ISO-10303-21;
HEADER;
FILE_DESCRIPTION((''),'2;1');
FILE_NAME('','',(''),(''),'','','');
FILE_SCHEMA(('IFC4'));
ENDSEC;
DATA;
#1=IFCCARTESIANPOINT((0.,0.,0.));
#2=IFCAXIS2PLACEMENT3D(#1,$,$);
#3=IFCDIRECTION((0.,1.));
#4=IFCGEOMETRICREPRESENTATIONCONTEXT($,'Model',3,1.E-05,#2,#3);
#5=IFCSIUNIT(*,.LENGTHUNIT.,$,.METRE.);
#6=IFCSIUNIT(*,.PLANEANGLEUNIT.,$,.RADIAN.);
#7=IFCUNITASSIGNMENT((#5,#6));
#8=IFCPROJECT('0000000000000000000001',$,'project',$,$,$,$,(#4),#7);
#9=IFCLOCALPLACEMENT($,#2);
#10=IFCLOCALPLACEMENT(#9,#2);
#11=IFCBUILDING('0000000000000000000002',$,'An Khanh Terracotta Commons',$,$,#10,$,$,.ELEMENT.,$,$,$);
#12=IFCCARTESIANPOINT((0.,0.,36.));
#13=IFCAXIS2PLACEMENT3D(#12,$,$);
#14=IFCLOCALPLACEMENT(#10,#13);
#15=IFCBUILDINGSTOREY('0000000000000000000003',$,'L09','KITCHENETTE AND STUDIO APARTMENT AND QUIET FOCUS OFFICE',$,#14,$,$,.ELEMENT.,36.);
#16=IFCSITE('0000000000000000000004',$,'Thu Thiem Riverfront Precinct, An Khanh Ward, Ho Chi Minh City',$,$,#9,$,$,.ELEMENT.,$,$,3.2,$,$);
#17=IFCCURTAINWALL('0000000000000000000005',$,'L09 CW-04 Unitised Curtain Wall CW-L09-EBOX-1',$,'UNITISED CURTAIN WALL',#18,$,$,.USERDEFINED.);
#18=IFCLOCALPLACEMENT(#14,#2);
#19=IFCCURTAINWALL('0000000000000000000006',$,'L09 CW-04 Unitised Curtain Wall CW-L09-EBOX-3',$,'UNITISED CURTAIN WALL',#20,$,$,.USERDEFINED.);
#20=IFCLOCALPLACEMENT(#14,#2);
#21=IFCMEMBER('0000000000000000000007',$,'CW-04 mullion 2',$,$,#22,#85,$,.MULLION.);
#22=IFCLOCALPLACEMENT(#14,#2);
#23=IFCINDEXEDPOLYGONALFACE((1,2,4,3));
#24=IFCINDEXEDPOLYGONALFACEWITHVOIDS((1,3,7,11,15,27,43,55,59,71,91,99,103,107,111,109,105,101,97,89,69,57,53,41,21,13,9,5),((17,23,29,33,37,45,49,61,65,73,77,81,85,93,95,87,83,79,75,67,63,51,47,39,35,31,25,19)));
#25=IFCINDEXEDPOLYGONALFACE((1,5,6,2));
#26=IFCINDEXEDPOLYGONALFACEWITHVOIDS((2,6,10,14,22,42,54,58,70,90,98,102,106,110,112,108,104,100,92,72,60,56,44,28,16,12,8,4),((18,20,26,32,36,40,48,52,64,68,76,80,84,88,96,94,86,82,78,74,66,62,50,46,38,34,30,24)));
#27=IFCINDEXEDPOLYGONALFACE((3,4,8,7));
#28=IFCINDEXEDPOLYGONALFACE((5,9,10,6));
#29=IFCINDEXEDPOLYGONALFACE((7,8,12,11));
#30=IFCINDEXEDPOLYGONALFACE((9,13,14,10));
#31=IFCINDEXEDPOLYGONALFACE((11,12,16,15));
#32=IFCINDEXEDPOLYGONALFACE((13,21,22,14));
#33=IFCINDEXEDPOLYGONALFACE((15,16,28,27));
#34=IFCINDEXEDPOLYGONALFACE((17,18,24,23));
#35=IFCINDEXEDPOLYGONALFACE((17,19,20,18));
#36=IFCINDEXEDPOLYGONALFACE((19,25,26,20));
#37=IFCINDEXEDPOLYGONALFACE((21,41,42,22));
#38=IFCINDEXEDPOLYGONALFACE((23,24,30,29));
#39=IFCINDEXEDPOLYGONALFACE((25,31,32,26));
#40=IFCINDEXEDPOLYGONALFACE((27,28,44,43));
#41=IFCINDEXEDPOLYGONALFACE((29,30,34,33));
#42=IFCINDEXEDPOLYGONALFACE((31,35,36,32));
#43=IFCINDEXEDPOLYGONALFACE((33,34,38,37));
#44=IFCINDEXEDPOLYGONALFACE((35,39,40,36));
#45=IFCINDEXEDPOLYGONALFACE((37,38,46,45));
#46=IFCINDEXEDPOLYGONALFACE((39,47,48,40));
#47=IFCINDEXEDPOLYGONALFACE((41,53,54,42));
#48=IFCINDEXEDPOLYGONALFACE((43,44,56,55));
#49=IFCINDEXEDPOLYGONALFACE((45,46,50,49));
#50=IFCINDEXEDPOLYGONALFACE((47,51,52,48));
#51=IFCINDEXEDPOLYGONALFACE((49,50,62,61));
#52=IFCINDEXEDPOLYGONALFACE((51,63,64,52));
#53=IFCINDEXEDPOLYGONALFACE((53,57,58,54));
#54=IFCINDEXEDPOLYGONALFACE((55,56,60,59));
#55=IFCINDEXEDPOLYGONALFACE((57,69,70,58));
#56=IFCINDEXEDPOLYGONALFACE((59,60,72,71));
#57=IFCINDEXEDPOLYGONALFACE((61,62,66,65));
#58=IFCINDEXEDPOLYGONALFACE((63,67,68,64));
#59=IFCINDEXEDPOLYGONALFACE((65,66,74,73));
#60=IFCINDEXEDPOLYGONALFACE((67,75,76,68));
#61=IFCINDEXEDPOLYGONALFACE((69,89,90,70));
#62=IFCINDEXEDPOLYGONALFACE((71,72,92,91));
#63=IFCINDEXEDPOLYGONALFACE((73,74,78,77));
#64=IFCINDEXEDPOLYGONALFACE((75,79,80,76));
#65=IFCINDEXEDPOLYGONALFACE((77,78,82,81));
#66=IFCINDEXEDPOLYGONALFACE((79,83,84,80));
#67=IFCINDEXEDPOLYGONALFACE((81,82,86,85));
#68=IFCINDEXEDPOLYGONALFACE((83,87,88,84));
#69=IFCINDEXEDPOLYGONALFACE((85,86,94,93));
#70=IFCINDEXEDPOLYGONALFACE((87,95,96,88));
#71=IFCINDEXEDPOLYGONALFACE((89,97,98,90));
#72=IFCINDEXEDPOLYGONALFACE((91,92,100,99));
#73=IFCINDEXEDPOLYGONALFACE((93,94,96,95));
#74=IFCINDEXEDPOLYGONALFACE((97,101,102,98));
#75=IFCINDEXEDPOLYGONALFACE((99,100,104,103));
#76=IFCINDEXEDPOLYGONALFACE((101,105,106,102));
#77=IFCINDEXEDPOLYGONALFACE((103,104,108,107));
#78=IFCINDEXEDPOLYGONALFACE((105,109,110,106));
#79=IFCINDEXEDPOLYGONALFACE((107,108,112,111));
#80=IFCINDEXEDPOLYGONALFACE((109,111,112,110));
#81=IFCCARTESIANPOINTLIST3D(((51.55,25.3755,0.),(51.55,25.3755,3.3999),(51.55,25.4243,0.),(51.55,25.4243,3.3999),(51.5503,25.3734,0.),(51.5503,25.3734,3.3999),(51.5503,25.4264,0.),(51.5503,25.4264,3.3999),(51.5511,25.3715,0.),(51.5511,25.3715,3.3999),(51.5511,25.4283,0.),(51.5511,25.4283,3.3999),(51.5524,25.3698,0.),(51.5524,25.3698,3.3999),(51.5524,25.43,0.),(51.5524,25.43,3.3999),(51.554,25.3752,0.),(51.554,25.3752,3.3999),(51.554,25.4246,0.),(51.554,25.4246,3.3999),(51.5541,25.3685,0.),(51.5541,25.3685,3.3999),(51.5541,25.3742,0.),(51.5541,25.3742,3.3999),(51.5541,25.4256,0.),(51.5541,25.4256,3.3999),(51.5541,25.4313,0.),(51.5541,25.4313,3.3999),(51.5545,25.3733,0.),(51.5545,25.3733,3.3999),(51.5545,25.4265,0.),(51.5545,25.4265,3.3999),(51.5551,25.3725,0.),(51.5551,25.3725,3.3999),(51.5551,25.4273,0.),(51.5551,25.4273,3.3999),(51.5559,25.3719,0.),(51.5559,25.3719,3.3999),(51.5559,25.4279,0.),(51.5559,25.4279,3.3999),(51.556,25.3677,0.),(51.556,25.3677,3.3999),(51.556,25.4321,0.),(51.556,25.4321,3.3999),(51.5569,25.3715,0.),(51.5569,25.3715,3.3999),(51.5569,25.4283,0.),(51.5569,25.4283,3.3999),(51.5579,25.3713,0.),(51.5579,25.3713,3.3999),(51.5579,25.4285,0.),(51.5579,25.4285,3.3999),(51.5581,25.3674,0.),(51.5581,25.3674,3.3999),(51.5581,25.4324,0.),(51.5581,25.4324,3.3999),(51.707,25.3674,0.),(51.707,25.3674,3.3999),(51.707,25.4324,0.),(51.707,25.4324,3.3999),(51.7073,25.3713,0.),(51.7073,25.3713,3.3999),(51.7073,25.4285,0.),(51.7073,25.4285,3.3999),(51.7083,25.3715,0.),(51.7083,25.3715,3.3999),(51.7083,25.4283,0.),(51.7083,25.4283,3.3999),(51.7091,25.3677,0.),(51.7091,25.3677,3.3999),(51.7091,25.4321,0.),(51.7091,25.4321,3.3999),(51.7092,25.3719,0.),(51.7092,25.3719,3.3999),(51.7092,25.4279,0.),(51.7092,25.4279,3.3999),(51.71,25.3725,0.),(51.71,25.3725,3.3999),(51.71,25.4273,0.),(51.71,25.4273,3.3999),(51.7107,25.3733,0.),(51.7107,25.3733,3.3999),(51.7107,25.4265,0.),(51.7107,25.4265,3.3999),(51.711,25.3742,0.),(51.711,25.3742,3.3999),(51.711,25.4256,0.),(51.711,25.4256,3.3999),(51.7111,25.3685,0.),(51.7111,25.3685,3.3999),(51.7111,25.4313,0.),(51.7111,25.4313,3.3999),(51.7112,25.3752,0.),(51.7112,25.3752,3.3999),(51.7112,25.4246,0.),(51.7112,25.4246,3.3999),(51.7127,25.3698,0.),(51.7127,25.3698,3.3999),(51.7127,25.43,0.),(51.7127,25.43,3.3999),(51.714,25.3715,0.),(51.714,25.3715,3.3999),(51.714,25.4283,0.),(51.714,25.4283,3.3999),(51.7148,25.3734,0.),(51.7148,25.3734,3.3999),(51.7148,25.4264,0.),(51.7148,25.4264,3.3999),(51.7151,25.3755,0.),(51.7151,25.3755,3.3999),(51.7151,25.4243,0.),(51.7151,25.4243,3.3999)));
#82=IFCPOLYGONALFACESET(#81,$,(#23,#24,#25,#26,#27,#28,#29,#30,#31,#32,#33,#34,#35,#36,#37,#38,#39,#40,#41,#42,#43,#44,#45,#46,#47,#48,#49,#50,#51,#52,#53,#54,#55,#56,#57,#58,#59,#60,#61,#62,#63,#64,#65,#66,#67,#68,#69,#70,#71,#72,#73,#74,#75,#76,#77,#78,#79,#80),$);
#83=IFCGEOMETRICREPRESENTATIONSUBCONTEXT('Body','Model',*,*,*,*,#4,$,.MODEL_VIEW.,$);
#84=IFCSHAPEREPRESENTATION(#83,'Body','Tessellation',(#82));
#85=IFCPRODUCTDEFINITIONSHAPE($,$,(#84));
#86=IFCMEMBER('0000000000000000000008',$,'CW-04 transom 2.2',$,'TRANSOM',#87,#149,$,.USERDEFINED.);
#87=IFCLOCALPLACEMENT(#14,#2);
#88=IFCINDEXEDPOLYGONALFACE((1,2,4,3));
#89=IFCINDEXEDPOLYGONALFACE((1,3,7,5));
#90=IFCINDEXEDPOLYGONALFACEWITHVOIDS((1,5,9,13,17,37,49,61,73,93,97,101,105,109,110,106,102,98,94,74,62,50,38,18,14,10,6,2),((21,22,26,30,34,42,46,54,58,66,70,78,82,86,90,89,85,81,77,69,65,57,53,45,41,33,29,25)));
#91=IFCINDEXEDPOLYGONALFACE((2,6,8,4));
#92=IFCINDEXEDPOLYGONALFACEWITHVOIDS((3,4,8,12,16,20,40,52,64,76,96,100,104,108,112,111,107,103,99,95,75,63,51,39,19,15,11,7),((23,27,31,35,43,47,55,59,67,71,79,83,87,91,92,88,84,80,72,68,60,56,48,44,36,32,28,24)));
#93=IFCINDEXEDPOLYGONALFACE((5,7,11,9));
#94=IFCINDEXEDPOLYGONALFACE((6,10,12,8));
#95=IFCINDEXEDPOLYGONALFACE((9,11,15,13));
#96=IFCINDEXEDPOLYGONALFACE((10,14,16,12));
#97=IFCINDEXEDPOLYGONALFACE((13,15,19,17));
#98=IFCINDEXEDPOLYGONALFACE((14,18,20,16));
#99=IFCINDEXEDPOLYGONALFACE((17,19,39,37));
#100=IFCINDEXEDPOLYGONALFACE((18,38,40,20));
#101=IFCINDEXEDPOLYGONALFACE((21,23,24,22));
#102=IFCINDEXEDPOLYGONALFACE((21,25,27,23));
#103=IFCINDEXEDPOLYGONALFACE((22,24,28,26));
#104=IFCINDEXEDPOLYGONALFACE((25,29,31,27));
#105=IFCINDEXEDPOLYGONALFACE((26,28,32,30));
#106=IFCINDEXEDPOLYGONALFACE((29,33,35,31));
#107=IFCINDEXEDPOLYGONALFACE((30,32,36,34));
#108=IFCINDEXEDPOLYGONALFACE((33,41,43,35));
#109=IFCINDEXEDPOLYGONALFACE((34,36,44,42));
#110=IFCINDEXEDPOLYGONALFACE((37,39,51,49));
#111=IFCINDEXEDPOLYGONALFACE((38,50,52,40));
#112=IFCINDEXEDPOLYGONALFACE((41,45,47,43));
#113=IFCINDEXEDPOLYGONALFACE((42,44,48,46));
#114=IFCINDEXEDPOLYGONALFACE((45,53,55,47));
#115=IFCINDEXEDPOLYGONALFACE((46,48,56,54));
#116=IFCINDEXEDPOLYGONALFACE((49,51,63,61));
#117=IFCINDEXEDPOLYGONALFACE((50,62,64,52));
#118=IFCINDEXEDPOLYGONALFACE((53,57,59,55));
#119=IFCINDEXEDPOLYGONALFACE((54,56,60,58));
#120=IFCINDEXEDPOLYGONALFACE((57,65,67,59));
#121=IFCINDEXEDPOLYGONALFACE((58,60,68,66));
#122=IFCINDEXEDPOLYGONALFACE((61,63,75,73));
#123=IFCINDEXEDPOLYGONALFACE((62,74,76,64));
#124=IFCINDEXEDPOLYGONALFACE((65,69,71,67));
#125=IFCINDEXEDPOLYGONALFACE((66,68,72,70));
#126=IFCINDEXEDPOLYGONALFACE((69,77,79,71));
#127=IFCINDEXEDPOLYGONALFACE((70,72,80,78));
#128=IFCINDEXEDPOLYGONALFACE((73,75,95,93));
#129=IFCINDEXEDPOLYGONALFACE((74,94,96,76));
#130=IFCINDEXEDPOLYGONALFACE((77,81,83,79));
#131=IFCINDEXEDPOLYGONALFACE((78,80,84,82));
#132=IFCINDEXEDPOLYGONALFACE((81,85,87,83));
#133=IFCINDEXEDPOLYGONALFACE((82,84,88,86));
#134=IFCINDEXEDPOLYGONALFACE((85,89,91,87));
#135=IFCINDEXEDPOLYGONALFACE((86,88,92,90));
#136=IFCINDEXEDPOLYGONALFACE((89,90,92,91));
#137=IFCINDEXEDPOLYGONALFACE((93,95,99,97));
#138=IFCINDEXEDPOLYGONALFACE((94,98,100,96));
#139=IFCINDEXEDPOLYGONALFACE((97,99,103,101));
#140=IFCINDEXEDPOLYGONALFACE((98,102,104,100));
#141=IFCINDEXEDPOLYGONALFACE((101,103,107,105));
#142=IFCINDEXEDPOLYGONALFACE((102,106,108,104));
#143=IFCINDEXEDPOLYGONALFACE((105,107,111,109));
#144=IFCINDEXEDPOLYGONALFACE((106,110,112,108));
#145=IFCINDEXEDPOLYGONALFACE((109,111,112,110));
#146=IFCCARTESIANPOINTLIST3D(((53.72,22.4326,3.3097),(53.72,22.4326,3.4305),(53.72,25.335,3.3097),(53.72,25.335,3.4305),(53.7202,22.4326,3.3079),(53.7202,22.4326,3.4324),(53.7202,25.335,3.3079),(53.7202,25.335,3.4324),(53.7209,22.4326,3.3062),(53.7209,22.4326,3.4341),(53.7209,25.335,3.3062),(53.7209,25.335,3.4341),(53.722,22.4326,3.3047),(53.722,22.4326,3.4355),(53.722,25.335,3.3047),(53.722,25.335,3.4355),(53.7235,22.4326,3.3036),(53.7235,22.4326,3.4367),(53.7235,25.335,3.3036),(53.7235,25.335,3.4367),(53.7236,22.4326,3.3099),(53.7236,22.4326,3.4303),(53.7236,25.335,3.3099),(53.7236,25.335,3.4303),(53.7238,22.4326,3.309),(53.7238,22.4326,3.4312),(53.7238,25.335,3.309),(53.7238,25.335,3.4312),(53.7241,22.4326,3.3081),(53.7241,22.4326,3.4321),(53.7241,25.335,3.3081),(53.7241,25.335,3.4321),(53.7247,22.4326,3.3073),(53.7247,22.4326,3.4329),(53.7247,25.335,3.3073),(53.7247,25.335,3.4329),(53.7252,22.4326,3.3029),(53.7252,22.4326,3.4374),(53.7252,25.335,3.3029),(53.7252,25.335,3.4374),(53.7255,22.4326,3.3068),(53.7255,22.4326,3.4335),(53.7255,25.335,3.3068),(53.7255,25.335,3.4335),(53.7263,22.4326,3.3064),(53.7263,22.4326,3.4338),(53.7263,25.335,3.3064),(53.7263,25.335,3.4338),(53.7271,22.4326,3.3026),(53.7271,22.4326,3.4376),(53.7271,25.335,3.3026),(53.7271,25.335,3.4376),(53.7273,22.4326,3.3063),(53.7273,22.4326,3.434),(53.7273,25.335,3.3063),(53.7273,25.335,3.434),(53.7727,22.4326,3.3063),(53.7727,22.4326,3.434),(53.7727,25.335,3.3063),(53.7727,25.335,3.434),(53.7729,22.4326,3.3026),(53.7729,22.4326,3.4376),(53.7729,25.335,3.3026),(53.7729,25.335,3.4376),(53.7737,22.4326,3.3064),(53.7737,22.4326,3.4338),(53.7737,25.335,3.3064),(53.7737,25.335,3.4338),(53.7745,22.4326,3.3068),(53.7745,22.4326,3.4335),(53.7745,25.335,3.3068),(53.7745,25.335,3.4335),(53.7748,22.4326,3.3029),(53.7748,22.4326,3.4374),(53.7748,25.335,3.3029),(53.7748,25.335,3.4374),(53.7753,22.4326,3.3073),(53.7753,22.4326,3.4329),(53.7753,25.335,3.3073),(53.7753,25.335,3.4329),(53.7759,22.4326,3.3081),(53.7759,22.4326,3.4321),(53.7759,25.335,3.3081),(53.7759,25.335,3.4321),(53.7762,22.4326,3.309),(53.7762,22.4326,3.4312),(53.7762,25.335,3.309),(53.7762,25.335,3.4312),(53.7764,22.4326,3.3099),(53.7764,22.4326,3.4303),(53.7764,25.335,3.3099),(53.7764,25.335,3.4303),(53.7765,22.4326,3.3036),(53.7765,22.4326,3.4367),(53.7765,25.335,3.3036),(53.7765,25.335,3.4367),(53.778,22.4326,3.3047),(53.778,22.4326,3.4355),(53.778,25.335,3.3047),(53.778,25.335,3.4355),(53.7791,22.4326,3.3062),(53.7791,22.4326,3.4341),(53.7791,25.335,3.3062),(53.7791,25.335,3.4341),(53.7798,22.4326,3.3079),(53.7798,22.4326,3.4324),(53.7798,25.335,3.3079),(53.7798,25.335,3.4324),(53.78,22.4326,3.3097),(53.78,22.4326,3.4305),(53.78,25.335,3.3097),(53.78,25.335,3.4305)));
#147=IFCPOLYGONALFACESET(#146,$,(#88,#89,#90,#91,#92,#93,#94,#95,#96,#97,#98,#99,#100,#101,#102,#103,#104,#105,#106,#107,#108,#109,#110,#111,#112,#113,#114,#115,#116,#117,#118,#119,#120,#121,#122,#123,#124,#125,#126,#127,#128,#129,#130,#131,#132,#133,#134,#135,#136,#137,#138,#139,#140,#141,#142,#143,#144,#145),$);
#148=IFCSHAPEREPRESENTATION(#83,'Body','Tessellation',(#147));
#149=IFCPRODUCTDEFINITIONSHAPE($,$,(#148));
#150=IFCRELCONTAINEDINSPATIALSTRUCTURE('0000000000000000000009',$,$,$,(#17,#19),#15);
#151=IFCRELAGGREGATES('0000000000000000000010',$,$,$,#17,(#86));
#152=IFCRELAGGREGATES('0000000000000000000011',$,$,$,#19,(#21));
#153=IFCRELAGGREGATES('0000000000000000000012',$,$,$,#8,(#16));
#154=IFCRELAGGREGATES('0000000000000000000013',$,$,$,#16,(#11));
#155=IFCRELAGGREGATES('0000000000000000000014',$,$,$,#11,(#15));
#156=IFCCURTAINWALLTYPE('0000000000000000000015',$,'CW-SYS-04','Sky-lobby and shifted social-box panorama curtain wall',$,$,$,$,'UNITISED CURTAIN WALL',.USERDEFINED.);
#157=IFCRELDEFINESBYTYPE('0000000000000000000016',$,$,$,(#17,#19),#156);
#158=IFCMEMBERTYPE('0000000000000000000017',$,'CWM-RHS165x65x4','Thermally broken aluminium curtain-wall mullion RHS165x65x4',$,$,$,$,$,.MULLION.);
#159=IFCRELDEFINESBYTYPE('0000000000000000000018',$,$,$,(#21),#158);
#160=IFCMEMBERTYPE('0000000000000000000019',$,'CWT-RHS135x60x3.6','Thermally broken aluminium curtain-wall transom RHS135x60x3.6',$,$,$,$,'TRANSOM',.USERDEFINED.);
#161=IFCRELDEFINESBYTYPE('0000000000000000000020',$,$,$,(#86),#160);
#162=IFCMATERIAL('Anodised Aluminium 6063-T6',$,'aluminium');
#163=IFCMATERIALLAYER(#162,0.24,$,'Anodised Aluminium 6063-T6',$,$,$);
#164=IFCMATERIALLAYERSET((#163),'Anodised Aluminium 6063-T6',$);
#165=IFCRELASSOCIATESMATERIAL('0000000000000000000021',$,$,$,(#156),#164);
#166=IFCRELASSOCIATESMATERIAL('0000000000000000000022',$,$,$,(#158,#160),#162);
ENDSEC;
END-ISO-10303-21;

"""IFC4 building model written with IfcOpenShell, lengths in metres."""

from ifc_helpers import new_model, si_unit, direction, frame, origin, origin_2d, place, context, subcontext, project, spatial, hollow_rectangle, extrude, material, layer, layer_set, material_profile, profile_set, type_object, element, aggregate, save


model = new_model("IFC4")

# Units and contexts
model_context = context("Model", 3, precision=1e-05, world=origin(), true_north=direction((0.0, 1.0)))
body_context = subcontext(model_context, "Body", "Model", "MODEL_VIEW")
ifc_project = project(units=[si_unit("LENGTHUNIT", "METRE"), si_unit("PLANEANGLEUNIT", "RADIAN")], contexts=[model_context])

# Site, building, storey
site_placement = place(None, origin())
site = spatial("IfcSite", under=ifc_project, at=site_placement, Name="Thu Thiem Riverfront Precinct, An Khanh Ward, Ho Chi Minh City", CompositionType="ELEMENT", RefElevation=3.2)
building_placement = place(site_placement, origin())
building = spatial("IfcBuilding", under=site, at=building_placement, Name="An Khanh Terracotta Commons", CompositionType="ELEMENT")
storey_placement = place(building_placement, frame((0.0, 0.0, 36.0)))
storey = spatial("IfcBuildingStorey", under=building, at=storey_placement, Name="L09", Description="KITCHENETTE AND STUDIO APARTMENT AND QUIET FOCUS OFFICE", CompositionType="ELEMENT", Elevation=36.0)

# Curtain wall
ifc_material_1 = material(Name="Anodised Aluminium 6063-T6", Category="aluminium")
ifc_layer_1 = layer(ifc_material_1, 0.24, Name="Anodised Aluminium 6063-T6")
ifc_layer_set_1 = layer_set([ifc_layer_1], Name="Anodised Aluminium 6063-T6")
curtain_wall_type = type_object("IfcCurtainWallType", Name="CW-SYS-04", Description="Sky-lobby and shifted social-box panorama curtain wall", ElementType="UNITISED CURTAIN WALL", PredefinedType="USERDEFINED", material=ifc_layer_set_1)
curtain_wall_1_placement = place(storey_placement, origin())
curtain_wall_1 = element("IfcCurtainWall", 1, at=curtain_wall_1_placement, inside=storey, type_object=curtain_wall_type, Name="L09 CW-04 Unitised Curtain Wall CW-L09-EBOX-1", ObjectType="UNITISED CURTAIN WALL", PredefinedType="USERDEFINED")
ifc_material_profile_1 = material_profile(ifc_material_1, hollow_rectangle(XDim=0.0649, YDim=0.165, WallThickness=0.0039, InnerFilletRadius=0.0039, OuterFilletRadius=0.0081, at=origin_2d()), Name="RHS165x65x4")
ifc_profile_set_1 = profile_set([ifc_material_profile_1], Name="Anodised Aluminium 6063-T6")
member_type_1 = type_object("IfcMemberType", Name="CWM-RHS165x65x4", Description="Thermally broken aluminium curtain-wall mullion RHS165x65x4", PredefinedType="MULLION", material=ifc_profile_set_1)

# Curtain wall, member
curtain_wall_2_placement = place(storey_placement, origin())
curtain_wall_2 = element("IfcCurtainWall", 2, at=curtain_wall_2_placement, inside=storey, type_object=curtain_wall_type, Name="L09 CW-04 Unitised Curtain Wall CW-L09-EBOX-3", ObjectType="UNITISED CURTAIN WALL", PredefinedType="USERDEFINED")
member_1_placement = place(storey_placement, frame((51.6326, 25.3999, 0.0), z_axis=(0.0, 0.0, 1.0), x_axis=(0.0, -1.0, 0.0)))
member_1 = element("IfcMember", 3, at=member_1_placement, type_object=member_type_1, Name="CW-04 mullion 2", PredefinedType="MULLION", context=body_context, shape_type="SweptSolid", body=[
    extrude(hollow_rectangle(XDim=0.0649, YDim=0.165, WallThickness=0.0039, InnerFilletRadius=0.0039, OuterFilletRadius=0.0081, at=origin_2d()), origin(), (0.0, 0.0, 1.0), 3.3999),
])

# Member
ifc_material_profile_2 = material_profile(ifc_material_1, hollow_rectangle(XDim=0.0601, YDim=0.135, WallThickness=0.0037, InnerFilletRadius=0.0037, OuterFilletRadius=0.0071, at=origin_2d()), Name="RHS135x60x3.6")
ifc_profile_set_2 = profile_set([ifc_material_profile_2], Name="Anodised Aluminium 6063-T6")
member_type_2 = type_object("IfcMemberType", Name="CWT-RHS135x60x3.6", Description="Thermally broken aluminium curtain-wall transom RHS135x60x3.6", ElementType="TRANSOM", PredefinedType="USERDEFINED", material=ifc_profile_set_2)
member_2_placement = place(storey_placement, frame((53.75, 22.4326, 3.3701), z_axis=(0.0, 1.0, 0.0), x_axis=(-1.0, 0.0, 0.0)))
member_2 = element("IfcMember", 4, at=member_2_placement, type_object=member_type_2, Name="CW-04 transom 2.2", ObjectType="TRANSOM", PredefinedType="USERDEFINED", context=body_context, shape_type="SweptSolid", body=[
    extrude(hollow_rectangle(XDim=0.0601, YDim=0.135, WallThickness=0.0037, InnerFilletRadius=0.0037, OuterFilletRadius=0.0071, at=origin_2d()), origin(), (0.0, 0.0, 1.0), 2.9023),
])

aggregate(curtain_wall_1, [member_2])
aggregate(curtain_wall_2, [member_1])

save(model, "model.ifc")
